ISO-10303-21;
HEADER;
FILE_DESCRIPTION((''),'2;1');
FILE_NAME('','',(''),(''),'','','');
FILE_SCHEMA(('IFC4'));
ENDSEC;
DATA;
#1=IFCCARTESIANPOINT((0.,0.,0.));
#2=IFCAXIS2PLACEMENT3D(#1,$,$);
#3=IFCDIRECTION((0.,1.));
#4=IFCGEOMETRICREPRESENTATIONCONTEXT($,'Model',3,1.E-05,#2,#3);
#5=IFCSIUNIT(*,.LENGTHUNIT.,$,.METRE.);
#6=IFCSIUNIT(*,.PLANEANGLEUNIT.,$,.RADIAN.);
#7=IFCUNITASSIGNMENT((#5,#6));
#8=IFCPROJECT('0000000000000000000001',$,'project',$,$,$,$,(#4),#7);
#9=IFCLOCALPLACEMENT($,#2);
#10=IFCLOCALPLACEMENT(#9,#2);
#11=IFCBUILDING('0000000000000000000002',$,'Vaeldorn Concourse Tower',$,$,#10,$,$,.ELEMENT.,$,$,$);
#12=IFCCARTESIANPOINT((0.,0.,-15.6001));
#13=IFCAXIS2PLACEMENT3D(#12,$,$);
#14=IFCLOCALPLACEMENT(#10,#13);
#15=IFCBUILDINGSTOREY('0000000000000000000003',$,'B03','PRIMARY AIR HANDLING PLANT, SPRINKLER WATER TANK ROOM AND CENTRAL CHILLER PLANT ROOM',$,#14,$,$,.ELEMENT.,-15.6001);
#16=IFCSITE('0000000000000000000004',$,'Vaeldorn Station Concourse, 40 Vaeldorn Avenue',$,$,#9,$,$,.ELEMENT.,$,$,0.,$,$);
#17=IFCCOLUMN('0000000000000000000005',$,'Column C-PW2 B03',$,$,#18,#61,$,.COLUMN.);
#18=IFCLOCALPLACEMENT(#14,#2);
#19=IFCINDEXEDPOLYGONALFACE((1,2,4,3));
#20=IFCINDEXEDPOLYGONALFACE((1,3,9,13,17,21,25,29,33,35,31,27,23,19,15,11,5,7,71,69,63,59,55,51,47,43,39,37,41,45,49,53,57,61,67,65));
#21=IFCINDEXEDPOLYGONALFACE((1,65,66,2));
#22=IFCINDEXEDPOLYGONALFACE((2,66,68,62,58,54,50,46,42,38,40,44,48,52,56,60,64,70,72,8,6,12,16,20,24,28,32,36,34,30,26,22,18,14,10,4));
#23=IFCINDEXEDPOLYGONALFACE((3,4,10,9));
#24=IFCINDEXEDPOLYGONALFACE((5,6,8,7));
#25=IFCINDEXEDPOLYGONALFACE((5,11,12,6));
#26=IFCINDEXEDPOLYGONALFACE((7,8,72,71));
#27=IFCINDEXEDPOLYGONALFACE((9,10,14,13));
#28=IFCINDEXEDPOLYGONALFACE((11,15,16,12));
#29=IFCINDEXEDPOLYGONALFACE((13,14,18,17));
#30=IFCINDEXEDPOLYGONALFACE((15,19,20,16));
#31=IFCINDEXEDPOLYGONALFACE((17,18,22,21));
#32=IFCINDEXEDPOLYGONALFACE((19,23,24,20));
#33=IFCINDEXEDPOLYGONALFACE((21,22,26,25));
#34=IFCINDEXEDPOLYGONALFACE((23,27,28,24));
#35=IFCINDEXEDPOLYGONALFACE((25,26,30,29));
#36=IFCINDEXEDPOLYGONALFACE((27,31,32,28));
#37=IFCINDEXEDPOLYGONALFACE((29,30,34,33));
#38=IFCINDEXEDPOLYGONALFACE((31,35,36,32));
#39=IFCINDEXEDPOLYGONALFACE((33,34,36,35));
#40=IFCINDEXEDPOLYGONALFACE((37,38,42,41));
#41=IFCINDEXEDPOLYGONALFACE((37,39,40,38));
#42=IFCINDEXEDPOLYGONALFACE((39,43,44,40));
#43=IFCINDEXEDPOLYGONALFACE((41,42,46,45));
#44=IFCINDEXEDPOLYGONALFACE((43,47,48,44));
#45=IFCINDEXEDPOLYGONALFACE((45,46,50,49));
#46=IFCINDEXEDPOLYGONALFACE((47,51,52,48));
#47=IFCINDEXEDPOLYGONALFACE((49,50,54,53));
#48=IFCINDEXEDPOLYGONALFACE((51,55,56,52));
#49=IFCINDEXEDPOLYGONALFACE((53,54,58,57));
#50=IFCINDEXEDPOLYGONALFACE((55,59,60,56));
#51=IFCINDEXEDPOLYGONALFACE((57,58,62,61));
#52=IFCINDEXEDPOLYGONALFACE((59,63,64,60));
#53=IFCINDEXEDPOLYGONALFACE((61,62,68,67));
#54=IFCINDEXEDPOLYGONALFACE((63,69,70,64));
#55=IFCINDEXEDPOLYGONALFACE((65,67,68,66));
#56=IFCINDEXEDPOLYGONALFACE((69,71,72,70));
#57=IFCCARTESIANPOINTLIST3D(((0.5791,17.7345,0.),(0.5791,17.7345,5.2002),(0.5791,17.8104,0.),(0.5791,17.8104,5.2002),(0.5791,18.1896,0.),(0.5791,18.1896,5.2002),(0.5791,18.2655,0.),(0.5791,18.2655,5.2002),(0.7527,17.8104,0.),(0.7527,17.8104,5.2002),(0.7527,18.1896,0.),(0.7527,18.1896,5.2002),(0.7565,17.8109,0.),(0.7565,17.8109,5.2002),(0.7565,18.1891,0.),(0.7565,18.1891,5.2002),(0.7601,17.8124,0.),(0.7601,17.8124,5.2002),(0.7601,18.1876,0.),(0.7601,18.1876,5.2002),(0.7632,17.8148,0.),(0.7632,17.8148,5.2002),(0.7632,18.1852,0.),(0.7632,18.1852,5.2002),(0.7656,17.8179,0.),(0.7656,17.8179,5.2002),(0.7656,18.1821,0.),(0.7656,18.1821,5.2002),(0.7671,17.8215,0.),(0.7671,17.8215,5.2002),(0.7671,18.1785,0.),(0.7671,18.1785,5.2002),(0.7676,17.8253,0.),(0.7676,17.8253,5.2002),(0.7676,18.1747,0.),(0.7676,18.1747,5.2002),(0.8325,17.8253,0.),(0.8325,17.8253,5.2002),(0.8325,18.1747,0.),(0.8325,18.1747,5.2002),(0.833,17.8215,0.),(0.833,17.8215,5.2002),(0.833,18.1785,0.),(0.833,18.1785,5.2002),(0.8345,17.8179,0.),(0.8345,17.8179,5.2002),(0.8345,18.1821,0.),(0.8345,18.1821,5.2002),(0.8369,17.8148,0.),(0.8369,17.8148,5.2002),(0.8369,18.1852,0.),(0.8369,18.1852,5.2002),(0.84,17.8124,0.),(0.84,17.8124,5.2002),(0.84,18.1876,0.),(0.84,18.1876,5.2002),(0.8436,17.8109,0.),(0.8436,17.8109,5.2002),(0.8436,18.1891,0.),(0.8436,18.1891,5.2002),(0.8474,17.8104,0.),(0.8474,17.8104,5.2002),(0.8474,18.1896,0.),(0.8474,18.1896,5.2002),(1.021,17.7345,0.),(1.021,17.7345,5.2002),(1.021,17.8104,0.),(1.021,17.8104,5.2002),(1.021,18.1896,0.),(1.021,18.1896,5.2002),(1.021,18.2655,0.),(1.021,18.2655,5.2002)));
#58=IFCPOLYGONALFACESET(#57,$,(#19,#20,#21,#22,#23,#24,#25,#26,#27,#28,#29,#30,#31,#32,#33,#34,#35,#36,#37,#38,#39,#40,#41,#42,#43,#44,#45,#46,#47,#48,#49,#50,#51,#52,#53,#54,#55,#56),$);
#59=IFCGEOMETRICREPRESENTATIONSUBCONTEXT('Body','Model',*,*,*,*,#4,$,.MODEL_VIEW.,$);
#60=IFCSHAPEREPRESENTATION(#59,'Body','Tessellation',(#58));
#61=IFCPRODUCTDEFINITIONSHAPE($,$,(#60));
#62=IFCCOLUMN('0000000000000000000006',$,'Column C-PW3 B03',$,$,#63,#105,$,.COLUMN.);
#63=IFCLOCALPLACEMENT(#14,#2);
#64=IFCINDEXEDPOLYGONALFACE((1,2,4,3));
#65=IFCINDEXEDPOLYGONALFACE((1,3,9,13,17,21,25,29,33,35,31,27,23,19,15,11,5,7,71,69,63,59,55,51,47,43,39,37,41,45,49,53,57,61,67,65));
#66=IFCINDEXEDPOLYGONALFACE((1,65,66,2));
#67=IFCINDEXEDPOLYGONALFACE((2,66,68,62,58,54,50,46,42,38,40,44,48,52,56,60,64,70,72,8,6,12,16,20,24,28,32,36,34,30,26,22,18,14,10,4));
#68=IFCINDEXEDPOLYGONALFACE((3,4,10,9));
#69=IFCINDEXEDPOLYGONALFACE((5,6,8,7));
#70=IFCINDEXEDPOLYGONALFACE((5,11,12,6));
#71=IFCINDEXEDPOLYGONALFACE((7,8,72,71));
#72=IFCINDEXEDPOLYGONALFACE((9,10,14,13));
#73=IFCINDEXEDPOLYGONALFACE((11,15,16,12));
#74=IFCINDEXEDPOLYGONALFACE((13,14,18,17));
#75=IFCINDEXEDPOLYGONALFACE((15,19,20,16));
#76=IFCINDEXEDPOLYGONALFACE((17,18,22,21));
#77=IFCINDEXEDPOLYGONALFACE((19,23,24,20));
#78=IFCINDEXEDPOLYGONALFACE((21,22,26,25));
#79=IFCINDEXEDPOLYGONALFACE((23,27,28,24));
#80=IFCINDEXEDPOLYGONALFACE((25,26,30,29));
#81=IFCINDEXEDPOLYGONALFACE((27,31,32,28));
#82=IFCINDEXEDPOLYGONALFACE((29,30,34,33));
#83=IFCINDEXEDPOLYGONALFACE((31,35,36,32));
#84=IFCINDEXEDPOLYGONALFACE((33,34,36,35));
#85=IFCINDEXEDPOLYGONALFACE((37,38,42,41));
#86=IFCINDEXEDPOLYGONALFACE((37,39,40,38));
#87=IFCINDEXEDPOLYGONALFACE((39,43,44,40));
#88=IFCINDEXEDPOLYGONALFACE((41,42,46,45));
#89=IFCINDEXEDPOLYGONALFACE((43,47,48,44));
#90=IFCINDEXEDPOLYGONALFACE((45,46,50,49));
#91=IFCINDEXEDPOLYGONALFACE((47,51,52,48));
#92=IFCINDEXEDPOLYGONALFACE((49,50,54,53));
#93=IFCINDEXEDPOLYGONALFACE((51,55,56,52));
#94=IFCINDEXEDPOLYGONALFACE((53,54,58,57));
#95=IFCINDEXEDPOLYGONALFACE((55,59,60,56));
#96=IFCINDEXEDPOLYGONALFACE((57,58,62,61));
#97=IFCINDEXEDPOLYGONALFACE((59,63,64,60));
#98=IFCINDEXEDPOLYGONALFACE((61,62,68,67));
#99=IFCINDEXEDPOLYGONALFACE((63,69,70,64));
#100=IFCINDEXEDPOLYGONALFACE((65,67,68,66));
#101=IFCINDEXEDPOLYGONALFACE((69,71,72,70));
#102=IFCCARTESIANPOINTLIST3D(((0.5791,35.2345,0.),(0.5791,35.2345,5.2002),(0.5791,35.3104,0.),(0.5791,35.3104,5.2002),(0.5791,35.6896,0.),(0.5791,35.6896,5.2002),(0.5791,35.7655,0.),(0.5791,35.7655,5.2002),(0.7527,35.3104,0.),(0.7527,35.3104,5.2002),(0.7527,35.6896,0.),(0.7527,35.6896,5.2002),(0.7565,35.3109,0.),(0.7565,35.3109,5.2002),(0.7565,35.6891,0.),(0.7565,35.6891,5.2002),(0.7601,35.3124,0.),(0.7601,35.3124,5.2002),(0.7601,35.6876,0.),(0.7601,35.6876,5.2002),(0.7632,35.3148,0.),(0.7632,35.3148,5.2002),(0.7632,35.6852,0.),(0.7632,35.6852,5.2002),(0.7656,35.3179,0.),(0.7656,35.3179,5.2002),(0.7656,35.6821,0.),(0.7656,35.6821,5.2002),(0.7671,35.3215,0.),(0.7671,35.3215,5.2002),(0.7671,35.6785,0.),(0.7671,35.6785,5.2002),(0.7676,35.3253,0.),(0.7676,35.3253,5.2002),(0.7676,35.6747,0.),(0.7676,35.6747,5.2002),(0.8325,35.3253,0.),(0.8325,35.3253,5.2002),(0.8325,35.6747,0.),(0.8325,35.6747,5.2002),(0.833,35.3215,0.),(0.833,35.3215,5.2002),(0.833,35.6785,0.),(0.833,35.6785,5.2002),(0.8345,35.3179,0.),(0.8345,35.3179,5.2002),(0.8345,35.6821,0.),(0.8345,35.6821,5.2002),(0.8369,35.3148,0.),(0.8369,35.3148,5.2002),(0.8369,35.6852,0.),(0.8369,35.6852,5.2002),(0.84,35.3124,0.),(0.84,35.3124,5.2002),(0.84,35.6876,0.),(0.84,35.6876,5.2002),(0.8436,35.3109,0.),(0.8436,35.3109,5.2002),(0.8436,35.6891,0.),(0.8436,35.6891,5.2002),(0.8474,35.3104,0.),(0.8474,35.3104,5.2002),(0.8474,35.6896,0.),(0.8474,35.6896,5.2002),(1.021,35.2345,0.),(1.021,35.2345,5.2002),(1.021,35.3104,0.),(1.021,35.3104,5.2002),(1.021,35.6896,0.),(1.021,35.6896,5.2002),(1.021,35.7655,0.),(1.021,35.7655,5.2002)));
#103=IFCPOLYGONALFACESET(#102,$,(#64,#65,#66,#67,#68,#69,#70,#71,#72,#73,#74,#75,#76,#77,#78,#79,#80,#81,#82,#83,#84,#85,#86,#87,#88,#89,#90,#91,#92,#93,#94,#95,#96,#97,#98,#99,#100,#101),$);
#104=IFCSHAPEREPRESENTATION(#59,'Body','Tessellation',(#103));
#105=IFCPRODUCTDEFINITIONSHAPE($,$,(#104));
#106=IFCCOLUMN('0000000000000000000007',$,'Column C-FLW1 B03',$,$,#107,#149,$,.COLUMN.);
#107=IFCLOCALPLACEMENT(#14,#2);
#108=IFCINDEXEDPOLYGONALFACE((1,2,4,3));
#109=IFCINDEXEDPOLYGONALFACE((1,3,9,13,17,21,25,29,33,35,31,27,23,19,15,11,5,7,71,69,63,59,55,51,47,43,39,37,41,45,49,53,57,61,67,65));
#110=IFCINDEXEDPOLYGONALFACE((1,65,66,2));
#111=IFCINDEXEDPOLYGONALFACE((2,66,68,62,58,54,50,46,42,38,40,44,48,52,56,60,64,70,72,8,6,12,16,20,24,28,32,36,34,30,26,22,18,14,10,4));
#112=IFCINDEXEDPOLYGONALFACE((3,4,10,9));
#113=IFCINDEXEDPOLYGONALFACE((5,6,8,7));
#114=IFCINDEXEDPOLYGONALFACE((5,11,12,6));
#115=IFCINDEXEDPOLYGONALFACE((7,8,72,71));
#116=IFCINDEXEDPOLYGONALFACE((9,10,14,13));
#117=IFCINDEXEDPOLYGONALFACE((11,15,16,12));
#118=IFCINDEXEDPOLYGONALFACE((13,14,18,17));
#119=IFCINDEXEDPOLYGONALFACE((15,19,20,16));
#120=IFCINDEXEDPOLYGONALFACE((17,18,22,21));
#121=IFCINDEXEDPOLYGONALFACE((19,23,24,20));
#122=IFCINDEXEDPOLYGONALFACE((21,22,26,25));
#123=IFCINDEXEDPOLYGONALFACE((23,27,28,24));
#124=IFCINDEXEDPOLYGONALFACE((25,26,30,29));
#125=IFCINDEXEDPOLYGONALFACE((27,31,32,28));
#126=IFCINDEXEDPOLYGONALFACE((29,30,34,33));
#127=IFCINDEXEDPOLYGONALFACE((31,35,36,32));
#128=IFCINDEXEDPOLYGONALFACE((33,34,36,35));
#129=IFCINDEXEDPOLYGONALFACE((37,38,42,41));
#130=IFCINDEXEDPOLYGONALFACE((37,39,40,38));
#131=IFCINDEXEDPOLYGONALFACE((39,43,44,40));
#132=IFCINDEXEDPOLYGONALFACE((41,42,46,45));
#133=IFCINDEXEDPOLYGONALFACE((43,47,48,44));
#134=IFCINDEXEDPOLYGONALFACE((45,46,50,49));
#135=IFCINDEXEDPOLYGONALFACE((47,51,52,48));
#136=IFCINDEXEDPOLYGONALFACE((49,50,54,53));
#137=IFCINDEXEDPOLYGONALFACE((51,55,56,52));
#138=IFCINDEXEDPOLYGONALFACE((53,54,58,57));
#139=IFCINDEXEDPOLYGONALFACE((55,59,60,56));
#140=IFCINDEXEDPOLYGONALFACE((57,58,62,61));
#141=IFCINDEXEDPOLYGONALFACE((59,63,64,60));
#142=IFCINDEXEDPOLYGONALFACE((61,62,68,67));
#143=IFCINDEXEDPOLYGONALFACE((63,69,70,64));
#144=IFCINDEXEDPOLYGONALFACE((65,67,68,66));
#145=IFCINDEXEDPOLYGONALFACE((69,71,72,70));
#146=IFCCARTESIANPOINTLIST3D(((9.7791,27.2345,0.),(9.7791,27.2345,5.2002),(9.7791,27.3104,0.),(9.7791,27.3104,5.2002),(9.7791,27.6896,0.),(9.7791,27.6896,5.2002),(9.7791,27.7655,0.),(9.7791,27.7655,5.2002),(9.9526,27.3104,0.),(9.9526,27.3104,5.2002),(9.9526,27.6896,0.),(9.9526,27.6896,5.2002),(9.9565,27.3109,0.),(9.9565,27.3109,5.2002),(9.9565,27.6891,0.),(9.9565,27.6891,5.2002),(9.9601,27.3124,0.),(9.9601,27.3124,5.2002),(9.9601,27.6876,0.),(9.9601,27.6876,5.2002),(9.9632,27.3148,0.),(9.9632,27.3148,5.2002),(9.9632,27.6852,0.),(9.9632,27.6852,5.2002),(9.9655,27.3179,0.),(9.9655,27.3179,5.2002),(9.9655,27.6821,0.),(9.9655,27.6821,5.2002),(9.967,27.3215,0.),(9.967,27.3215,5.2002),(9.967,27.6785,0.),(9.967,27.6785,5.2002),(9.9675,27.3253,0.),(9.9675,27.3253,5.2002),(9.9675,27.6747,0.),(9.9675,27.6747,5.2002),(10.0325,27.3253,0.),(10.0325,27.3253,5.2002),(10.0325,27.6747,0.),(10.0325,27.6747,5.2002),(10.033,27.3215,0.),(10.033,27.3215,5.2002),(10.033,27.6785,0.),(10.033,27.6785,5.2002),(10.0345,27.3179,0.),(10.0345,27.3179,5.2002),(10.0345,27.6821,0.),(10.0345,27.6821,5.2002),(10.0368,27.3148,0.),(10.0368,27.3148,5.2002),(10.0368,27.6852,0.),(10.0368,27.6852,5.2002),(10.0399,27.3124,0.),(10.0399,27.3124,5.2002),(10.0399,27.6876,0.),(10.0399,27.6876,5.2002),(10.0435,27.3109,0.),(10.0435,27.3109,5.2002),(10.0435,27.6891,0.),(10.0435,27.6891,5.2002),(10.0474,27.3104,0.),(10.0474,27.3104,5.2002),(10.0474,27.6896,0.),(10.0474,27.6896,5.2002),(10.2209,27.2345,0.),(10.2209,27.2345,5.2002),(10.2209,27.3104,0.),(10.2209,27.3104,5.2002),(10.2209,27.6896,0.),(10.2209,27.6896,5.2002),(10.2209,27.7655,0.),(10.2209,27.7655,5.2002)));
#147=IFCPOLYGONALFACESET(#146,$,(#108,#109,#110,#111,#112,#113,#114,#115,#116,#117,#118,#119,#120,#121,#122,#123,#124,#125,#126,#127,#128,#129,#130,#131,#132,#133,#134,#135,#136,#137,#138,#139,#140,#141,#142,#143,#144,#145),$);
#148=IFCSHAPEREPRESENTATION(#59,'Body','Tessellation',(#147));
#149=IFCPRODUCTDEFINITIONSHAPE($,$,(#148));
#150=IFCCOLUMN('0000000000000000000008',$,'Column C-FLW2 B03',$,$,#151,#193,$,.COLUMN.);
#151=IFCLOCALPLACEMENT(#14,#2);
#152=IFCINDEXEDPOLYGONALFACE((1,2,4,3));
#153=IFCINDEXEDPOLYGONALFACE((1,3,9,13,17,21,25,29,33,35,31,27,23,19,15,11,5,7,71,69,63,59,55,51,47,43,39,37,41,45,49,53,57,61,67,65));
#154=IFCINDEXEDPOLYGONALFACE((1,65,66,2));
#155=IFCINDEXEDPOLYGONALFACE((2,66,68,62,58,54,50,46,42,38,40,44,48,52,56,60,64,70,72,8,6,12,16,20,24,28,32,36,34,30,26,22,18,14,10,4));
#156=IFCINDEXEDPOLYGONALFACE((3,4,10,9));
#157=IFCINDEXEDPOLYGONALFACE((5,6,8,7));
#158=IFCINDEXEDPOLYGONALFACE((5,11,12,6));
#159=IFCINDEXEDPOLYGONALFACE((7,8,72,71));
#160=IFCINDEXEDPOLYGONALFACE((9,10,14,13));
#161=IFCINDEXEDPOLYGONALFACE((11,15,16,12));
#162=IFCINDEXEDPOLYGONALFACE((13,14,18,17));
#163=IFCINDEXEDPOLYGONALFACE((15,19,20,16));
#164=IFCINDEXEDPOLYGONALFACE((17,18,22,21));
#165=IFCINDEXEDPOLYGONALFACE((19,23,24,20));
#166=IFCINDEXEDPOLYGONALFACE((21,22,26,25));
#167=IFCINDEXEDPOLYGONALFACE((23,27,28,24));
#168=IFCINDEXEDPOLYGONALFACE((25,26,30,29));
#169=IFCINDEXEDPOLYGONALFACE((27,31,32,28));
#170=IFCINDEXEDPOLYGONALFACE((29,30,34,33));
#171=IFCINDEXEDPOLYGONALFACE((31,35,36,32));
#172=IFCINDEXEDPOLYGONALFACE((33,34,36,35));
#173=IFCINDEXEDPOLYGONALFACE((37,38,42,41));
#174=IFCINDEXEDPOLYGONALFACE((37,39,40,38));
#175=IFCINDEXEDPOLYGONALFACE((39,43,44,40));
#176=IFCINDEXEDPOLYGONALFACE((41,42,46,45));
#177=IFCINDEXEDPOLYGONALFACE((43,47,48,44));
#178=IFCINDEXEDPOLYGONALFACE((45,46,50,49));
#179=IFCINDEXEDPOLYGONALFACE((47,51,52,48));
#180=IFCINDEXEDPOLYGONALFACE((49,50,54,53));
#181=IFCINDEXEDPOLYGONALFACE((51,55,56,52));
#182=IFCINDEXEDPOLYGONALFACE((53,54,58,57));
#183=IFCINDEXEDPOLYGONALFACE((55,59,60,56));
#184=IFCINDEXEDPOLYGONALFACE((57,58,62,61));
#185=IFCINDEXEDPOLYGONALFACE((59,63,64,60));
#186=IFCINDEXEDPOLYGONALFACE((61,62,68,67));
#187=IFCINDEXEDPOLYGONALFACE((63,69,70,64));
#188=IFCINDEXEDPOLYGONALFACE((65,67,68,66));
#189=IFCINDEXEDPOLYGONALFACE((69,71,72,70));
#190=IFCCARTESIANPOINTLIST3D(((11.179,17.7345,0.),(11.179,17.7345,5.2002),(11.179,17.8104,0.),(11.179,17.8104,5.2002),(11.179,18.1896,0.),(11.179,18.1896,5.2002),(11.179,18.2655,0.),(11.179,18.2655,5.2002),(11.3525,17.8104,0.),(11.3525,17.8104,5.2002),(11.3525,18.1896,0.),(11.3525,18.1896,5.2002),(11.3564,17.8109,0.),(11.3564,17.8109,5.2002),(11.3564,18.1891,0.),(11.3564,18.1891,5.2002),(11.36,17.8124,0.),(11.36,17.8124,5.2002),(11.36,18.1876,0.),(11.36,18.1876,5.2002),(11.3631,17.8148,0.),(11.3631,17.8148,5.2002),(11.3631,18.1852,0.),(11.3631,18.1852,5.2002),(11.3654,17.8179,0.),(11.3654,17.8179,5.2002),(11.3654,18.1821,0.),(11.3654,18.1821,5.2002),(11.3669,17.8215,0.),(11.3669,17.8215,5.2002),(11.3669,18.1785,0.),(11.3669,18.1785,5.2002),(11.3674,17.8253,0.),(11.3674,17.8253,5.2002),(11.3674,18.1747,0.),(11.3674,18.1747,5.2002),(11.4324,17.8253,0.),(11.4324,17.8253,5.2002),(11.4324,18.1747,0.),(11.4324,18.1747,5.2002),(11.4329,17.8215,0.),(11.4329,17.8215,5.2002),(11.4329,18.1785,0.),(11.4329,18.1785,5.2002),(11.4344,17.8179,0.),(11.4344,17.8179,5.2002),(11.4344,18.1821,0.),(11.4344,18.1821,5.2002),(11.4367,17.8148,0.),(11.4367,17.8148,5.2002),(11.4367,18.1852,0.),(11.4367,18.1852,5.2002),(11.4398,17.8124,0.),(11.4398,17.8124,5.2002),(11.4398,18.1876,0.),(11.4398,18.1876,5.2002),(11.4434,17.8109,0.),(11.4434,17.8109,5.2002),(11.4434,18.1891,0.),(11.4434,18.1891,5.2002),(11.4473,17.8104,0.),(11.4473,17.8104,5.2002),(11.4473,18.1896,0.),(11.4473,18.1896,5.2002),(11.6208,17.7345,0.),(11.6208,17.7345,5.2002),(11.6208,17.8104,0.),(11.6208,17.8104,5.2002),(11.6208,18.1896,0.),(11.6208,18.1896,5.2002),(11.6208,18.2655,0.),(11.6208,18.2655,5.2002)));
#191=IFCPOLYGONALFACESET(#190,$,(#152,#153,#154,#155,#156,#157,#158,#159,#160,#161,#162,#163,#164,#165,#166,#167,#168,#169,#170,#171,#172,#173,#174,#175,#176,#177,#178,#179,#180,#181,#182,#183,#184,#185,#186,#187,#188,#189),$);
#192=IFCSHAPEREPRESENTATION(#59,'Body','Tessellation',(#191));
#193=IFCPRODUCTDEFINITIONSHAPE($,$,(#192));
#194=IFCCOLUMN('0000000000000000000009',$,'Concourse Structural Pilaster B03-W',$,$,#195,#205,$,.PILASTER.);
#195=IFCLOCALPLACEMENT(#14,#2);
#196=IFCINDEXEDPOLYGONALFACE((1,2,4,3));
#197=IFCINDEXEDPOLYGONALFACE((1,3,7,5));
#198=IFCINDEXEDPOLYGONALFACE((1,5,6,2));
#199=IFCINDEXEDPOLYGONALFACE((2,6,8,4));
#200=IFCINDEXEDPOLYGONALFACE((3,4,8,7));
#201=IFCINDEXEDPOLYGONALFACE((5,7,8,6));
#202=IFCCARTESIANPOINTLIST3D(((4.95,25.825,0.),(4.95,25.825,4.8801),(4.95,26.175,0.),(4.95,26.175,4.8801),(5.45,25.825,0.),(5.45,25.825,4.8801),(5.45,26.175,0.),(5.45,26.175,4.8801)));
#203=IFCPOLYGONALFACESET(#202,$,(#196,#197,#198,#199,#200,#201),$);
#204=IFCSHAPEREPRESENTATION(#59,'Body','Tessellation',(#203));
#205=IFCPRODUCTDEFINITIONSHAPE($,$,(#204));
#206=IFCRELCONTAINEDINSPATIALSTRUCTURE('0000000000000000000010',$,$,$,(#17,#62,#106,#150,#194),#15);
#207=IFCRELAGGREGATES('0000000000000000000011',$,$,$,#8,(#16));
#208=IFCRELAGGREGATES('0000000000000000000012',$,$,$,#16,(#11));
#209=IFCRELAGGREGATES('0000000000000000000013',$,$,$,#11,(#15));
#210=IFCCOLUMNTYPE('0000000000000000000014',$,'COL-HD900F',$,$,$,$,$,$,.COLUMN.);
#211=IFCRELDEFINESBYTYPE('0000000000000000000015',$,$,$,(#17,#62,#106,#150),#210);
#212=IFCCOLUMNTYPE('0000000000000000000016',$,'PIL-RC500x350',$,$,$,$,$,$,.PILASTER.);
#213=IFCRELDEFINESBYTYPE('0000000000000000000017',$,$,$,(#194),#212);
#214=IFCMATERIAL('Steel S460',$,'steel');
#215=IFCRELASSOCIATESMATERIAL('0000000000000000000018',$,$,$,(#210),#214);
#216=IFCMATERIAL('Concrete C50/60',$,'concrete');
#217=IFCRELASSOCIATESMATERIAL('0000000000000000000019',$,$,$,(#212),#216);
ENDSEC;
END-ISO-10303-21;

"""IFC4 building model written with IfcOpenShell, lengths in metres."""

from ifc_helpers import new_model, si_unit, direction, frame, origin, origin_2d, place, context, subcontext, project, spatial, rectangle, i_section, extrude, source, transform, mapped, material, material_profile, profile_set, type_object, element, save


model = new_model("IFC4")

# Units and contexts
model_context = context("Model", 3, precision=1e-05, world=origin(), true_north=direction((0.0, 1.0)))
body_context = subcontext(model_context, "Body", "Model", "MODEL_VIEW")
ifc_project = project(units=[si_unit("LENGTHUNIT", "METRE"), si_unit("PLANEANGLEUNIT", "RADIAN")], contexts=[model_context])

# Site, building, storey
site_placement = place(None, origin())
site = spatial("IfcSite", under=ifc_project, at=site_placement, Name="Vaeldorn Station Concourse, 40 Vaeldorn Avenue", CompositionType="ELEMENT", RefElevation=0.0)
building_placement = place(site_placement, origin())
building = spatial("IfcBuilding", under=site, at=building_placement, Name="Vaeldorn Concourse Tower", CompositionType="ELEMENT")
storey_placement = place(building_placement, frame((0.0, 0.0, -15.6001)))
storey = spatial("IfcBuildingStorey", under=building, at=storey_placement, Name="B03", Description="PRIMARY AIR HANDLING PLANT, SPRINKLER WATER TANK ROOM AND CENTRAL CHILLER PLANT ROOM", CompositionType="ELEMENT", Elevation=-15.6001)

# Shared definitions
ifc_material_1 = material(Name="Concrete C50/60", Category="concrete")

# Columns
ifc_material_2 = material(Name="Steel S460", Category="steel")
ifc_material_profile_1 = material_profile(ifc_material_2, i_section(OverallWidth=0.4419, OverallDepth=0.531, WebThickness=0.0649, FlangeThickness=0.0759, FilletRadius=0.0149, at=origin_2d()), Name="HD 400x900")
ifc_profile_set_1 = profile_set([ifc_material_profile_1], Name="Steel S460")
column_type_1 = type_object("IfcColumnType", Name="COL-HD900F", PredefinedType="COLUMN", material=ifc_profile_set_1)
shared_shape_1 = source(origin(), body_context, "Body", "SweptSolid", [
    extrude(i_section(OverallWidth=0.4419, OverallDepth=0.531, WebThickness=0.0649, FlangeThickness=0.0759, FilletRadius=0.0149, at=origin_2d()), origin(), (0.0, 0.0, 1.0), 5.2002),
])
for number, where, z_axis, x_axis, name in (
    (1, (0.8, 18.0, 0.0), (0.0, 0.0, 1.0), (1.0, 0.0, 0.0), "Column C-PW2 B03"),
    (2, (0.8, 35.5, 0.0), (0.0, 0.0, 1.0), (1.0, 0.0, 0.0), "Column C-PW3 B03"),
    (3, (10.0, 27.5, 0.0), (0.0, 0.0, 1.0), (1.0, 0.0, 0.0), "Column C-FLW1 B03"),
    (4, (11.3999, 18.0, 0.0), (0.0, 0.0, 1.0), (1.0, 0.0, 0.0), "Column C-FLW2 B03"),
):
    element("IfcColumn", number, at=place(storey_placement, frame(where, z_axis=z_axis, x_axis=x_axis)), inside=storey, type_object=column_type_1, Name=name, PredefinedType="COLUMN", context=body_context, shape_type="MappedRepresentation", body=[
        mapped(shared_shape_1, transform((0.0, 0.0, 0.0), scale=1.0)),
    ])
ifc_material_profile_2 = material_profile(ifc_material_1, rectangle(XDim=0.5, YDim=0.3501, at=origin_2d()), Name="RC 500x350")
ifc_profile_set_2 = profile_set([ifc_material_profile_2], Name="Concrete C50/60")
column_type_2 = type_object("IfcColumnType", Name="PIL-RC500x350", PredefinedType="PILASTER", material=ifc_profile_set_2)
shared_shape_2 = source(origin(), body_context, "Body", "SweptSolid", [
    extrude(rectangle(XDim=0.5, YDim=0.3501, at=origin_2d()), origin(), (0.0, 0.0, 1.0), 4.8801),
])
column_placement = place(storey_placement, frame((5.2, 26.0, 0.0), z_axis=(0.0, 0.0, 1.0), x_axis=(1.0, 0.0, 0.0)))
element("IfcColumn", 5, at=column_placement, inside=storey, type_object=column_type_2, Name="Concourse Structural Pilaster B03-W", PredefinedType="PILASTER", context=body_context, shape_type="MappedRepresentation", body=[
    mapped(shared_shape_2, transform((0.0, 0.0, 0.0), scale=1.0)),
])

save(model, "model.ifc")
